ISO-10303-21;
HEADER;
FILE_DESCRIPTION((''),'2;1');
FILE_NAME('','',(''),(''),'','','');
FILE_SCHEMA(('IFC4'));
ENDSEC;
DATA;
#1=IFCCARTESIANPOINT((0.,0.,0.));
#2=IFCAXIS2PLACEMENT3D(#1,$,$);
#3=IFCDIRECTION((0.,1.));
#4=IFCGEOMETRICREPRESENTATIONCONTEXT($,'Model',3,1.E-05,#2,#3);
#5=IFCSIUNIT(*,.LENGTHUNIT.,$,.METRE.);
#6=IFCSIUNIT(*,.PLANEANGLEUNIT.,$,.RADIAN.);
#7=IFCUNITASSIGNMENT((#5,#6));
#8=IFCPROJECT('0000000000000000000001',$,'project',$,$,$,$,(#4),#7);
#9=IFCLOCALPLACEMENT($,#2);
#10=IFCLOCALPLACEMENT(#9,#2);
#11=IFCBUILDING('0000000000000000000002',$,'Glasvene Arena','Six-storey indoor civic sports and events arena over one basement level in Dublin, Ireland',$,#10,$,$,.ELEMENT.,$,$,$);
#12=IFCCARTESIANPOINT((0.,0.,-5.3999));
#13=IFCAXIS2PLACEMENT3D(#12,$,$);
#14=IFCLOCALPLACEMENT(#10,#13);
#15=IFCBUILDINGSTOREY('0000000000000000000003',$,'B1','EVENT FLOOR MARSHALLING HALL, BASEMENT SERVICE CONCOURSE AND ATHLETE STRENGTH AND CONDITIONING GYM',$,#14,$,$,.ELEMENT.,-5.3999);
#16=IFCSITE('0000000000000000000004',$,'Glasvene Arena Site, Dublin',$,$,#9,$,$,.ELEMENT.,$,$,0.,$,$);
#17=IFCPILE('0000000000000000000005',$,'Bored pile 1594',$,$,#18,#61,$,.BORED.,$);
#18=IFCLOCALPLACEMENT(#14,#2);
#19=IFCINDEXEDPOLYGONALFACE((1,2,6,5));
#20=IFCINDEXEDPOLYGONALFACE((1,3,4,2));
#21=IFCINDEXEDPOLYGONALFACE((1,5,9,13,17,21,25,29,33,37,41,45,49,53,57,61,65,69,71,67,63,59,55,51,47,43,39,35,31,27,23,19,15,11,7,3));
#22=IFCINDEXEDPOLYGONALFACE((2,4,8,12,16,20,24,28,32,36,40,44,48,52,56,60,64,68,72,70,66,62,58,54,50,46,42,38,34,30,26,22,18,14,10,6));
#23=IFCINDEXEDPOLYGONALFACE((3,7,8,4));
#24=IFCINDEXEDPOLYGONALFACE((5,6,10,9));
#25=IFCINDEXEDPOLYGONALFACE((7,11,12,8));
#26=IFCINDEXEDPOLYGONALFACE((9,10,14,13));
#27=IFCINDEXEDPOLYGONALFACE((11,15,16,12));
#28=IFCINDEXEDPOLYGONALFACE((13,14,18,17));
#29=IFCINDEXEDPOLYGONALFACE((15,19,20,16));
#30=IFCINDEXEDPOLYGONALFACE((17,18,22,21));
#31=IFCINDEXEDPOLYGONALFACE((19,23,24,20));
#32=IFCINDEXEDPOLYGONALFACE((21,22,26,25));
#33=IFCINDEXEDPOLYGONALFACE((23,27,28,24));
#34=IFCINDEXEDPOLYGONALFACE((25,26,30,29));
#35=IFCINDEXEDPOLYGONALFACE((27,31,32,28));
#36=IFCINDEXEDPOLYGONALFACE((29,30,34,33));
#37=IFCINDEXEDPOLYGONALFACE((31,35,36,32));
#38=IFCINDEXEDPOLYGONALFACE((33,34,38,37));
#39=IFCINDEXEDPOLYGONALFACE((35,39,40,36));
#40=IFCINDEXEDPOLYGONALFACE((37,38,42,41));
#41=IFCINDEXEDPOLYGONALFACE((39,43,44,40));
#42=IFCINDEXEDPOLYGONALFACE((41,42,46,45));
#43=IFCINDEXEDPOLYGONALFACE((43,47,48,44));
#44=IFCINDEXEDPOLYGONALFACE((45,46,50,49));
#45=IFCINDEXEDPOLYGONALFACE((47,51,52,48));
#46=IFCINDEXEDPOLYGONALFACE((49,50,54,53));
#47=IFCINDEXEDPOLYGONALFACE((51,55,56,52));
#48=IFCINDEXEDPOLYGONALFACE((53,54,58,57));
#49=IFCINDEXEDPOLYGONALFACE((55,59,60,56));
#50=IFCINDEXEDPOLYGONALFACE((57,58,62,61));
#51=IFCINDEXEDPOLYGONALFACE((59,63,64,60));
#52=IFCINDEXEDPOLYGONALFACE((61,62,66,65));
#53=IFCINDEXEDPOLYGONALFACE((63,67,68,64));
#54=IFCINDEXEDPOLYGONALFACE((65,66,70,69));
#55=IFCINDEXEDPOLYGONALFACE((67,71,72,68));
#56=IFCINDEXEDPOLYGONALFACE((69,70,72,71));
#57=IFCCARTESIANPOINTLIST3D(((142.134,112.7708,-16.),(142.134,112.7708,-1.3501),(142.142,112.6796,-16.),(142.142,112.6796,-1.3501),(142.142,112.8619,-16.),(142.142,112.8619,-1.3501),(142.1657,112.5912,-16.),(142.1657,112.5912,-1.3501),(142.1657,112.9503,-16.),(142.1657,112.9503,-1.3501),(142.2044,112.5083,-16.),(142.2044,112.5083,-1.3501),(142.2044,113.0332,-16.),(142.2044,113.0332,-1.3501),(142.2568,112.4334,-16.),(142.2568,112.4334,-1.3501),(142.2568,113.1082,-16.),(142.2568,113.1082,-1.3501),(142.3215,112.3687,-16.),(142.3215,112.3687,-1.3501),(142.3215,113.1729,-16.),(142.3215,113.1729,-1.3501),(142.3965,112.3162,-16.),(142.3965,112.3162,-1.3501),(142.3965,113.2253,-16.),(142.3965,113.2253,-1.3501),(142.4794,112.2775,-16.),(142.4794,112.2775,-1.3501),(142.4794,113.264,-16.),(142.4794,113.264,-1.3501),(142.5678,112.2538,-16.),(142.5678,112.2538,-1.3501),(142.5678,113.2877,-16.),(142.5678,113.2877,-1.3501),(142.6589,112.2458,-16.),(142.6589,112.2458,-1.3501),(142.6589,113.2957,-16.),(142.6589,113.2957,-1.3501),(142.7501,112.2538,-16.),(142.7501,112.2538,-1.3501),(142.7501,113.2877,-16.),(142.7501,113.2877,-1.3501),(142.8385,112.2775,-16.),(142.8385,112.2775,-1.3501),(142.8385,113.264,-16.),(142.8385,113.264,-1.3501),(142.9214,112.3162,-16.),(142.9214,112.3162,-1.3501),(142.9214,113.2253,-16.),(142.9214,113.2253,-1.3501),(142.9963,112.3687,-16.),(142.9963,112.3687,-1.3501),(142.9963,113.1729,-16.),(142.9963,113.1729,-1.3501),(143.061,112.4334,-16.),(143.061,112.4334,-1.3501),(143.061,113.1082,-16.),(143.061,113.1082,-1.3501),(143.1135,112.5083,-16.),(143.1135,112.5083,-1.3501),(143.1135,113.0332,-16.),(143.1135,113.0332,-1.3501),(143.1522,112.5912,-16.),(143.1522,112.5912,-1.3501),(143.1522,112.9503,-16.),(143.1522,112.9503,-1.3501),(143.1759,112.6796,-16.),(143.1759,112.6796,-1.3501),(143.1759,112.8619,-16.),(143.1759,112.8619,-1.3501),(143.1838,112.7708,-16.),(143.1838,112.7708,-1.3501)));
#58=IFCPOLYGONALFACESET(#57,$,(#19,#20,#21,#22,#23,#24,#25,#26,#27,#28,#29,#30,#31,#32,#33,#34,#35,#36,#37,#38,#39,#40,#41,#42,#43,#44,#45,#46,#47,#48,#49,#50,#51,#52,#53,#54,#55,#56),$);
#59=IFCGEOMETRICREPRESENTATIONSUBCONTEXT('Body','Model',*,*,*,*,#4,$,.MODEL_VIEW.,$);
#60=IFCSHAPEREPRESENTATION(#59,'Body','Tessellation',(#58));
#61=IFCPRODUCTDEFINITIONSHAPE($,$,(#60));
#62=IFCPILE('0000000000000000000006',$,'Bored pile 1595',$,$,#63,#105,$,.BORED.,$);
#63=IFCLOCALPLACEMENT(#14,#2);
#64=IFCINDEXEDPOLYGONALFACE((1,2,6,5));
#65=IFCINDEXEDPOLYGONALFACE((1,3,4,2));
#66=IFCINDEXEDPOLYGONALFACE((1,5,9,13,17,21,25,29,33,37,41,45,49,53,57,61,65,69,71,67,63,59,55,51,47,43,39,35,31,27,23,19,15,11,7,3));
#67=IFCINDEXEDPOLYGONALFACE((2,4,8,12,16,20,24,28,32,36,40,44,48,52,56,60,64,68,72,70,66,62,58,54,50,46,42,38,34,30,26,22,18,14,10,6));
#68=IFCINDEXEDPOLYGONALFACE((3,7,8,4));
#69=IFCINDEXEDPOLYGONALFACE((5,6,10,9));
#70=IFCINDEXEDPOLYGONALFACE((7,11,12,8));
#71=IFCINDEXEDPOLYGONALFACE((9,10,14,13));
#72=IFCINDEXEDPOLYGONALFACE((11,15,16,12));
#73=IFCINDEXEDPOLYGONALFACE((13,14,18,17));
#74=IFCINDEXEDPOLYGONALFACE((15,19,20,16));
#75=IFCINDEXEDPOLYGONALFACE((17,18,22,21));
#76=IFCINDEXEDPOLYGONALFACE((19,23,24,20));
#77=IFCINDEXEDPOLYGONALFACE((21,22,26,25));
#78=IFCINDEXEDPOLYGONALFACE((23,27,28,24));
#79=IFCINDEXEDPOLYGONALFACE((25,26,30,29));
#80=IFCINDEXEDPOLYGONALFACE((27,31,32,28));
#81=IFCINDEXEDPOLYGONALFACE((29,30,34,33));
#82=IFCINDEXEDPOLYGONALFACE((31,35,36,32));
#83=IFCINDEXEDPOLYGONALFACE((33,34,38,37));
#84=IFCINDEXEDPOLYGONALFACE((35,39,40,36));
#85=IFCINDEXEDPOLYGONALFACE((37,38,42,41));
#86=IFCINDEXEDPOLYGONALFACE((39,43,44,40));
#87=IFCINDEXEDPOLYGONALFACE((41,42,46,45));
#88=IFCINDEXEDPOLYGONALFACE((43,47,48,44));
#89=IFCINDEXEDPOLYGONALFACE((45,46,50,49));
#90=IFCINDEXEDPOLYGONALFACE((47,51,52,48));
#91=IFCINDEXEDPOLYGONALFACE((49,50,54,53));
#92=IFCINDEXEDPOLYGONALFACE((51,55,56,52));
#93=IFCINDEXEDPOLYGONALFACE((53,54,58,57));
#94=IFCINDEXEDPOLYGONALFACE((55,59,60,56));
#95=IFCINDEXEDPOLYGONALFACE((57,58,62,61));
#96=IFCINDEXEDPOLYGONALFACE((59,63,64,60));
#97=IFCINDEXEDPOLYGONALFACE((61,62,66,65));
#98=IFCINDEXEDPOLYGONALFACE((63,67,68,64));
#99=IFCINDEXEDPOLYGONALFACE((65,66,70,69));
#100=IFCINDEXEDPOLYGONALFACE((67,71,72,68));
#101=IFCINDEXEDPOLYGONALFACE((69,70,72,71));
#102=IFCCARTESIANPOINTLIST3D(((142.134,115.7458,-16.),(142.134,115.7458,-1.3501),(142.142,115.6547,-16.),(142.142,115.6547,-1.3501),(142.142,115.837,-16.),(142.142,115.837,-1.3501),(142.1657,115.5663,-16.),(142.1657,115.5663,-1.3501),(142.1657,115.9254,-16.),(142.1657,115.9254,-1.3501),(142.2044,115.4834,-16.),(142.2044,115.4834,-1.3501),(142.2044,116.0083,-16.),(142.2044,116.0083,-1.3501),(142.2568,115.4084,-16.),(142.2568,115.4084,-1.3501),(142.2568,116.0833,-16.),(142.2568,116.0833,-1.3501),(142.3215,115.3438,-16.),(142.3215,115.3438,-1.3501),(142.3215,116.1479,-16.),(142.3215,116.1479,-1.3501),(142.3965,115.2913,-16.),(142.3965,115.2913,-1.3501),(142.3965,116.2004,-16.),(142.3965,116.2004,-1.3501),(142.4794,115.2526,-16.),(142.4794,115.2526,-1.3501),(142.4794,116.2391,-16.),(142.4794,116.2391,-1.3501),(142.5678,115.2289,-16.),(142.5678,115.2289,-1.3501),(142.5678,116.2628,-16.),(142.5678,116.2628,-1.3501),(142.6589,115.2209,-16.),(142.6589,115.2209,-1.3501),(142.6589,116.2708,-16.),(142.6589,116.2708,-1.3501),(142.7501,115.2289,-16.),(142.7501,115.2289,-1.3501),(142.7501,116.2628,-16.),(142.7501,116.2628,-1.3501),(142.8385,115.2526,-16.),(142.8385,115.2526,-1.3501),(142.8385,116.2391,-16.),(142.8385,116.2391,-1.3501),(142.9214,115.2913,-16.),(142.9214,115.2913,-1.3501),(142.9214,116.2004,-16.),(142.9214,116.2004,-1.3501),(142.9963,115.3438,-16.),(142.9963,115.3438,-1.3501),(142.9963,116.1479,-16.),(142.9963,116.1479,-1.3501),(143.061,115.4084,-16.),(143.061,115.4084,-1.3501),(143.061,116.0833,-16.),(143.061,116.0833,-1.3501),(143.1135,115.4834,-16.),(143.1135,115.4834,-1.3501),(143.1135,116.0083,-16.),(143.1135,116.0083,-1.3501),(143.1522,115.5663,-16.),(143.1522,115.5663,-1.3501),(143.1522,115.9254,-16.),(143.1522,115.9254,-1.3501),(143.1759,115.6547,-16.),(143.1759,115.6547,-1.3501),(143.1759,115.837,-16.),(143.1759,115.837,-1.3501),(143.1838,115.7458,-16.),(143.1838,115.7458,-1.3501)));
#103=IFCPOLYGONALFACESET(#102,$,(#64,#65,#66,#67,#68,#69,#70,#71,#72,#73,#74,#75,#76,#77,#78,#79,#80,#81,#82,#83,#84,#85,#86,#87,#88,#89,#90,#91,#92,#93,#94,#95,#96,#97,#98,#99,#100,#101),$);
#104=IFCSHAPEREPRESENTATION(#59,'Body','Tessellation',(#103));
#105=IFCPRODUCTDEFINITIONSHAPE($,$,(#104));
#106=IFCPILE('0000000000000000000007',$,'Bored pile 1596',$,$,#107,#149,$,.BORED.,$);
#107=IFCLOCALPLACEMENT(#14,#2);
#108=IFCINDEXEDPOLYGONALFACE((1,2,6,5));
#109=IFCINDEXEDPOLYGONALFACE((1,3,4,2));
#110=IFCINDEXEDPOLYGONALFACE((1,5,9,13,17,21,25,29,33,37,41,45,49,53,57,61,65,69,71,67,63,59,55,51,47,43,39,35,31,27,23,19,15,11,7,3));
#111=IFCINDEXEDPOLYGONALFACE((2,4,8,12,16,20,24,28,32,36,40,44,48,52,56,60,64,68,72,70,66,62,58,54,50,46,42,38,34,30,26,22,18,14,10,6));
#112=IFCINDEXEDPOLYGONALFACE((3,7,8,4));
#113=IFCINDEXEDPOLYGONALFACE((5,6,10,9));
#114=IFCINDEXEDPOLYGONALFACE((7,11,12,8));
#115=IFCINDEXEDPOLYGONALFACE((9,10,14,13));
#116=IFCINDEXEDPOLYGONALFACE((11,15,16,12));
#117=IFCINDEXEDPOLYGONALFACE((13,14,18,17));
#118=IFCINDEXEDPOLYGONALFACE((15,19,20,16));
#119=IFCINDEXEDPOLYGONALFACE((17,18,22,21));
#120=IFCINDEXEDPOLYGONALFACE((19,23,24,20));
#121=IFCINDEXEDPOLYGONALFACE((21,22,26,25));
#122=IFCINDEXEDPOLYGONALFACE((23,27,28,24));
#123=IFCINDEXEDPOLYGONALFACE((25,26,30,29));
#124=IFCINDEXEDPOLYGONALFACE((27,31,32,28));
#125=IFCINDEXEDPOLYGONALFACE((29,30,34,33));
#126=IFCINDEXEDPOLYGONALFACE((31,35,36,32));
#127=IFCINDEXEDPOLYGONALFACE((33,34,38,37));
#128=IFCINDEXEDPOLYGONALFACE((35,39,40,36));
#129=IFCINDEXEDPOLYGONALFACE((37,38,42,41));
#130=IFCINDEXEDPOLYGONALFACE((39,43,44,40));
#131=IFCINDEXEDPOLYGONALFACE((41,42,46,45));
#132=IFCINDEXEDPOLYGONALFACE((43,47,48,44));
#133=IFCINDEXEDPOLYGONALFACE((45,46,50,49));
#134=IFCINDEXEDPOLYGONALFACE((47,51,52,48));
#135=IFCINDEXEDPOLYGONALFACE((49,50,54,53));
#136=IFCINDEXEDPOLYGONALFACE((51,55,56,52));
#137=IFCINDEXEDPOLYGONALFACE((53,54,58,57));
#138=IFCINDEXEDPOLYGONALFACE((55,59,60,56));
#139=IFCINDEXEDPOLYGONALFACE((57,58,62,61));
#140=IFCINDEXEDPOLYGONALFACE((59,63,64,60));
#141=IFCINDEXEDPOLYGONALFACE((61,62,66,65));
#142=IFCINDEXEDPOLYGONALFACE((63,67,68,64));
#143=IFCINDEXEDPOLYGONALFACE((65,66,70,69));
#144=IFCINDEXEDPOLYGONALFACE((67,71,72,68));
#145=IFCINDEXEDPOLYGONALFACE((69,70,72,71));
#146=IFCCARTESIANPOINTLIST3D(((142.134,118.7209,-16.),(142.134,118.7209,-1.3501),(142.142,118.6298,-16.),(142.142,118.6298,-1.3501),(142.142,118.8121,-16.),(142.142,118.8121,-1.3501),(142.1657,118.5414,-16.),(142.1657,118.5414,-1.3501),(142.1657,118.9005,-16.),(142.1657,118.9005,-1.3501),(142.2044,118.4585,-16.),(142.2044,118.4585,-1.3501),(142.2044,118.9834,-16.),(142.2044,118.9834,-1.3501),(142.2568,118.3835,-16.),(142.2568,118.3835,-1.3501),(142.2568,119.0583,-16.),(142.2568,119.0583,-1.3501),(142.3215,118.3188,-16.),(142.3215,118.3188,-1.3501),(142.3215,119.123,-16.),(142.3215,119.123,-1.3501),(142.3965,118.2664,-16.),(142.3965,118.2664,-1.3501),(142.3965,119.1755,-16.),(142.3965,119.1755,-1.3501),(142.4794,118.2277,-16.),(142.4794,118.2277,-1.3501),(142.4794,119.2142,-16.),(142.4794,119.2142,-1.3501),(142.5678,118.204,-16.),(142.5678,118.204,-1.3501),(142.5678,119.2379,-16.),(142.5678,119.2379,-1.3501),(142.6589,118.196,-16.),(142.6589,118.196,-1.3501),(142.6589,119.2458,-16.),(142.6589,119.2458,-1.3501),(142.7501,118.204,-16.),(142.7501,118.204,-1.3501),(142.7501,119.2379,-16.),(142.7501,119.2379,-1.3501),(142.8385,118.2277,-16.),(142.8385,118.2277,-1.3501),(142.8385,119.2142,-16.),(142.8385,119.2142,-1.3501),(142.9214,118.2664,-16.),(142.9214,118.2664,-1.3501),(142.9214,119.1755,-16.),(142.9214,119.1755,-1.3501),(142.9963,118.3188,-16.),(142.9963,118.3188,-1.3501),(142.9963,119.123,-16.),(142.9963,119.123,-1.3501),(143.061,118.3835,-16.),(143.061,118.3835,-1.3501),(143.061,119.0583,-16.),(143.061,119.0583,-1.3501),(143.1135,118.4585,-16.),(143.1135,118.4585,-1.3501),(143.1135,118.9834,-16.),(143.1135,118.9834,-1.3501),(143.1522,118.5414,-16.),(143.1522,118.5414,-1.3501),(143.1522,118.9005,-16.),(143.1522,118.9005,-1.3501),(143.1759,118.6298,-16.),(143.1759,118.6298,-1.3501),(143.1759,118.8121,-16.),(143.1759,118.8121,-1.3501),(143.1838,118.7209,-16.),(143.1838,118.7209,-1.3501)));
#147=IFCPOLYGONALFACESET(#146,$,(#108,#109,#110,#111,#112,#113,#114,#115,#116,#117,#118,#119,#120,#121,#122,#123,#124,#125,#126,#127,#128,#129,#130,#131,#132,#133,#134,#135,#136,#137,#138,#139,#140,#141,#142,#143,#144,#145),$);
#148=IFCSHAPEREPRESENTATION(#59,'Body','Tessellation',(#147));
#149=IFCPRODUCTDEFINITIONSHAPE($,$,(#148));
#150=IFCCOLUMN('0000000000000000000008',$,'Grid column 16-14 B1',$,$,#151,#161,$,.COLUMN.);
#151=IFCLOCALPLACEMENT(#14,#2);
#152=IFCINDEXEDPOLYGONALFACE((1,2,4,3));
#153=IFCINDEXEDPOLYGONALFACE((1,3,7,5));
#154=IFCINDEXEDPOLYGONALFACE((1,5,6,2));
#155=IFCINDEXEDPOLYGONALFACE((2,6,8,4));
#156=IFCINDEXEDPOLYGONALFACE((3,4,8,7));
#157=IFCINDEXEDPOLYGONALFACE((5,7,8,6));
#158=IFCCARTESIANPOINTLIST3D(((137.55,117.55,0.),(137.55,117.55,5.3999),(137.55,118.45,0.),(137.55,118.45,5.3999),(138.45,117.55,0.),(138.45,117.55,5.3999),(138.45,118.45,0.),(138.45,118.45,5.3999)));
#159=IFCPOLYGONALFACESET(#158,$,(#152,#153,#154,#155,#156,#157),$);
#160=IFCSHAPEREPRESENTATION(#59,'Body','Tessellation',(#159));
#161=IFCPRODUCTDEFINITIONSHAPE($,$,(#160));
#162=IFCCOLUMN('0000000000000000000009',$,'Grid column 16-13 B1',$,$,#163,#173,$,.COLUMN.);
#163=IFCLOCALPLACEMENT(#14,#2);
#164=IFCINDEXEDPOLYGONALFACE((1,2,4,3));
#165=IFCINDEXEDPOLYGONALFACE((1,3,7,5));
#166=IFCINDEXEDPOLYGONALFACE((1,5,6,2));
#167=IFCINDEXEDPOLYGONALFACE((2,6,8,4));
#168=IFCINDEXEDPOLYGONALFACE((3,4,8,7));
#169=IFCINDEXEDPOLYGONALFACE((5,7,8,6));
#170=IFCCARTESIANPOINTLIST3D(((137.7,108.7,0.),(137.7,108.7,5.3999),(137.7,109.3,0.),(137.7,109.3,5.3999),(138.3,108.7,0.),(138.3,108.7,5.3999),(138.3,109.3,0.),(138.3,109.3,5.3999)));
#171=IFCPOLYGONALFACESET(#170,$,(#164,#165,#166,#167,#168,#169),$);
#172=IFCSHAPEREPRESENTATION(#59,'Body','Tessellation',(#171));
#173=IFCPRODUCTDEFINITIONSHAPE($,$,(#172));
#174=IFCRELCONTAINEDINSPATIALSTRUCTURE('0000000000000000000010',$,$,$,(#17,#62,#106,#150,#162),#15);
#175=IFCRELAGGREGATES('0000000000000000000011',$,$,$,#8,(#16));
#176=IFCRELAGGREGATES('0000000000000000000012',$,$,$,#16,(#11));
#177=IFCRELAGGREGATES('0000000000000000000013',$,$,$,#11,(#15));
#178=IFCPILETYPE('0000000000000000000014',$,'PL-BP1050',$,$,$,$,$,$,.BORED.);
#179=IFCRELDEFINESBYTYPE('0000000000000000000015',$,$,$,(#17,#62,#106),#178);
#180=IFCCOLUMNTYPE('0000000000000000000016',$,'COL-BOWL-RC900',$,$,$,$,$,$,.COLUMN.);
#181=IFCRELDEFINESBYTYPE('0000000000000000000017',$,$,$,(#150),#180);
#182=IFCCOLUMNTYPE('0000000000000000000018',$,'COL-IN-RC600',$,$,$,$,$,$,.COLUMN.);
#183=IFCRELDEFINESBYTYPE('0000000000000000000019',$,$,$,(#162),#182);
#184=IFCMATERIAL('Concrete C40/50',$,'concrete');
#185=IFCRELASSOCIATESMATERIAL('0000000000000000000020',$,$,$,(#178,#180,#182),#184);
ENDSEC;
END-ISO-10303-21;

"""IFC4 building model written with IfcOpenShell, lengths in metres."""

from ifc_helpers import new_model, si_unit, direction, frame, origin, origin_2d, place, context, subcontext, project, spatial, rectangle, circle, extrude, material, material_profile, profile_set, type_object, element, save


model = new_model("IFC4")

# Units and contexts
model_context = context("Model", 3, precision=1e-05, world=origin(), true_north=direction((0.0, 1.0)))
body_context = subcontext(model_context, "Body", "Model", "MODEL_VIEW")
ifc_project = project(units=[si_unit("LENGTHUNIT", "METRE"), si_unit("PLANEANGLEUNIT", "RADIAN")], contexts=[model_context])

# Site, building, storey
site_placement = place(None, origin())
site = spatial("IfcSite", under=ifc_project, at=site_placement, Name="Glasvene Arena Site, Dublin", CompositionType="ELEMENT", RefElevation=0.0)
building_placement = place(site_placement, origin())
building = spatial("IfcBuilding", under=site, at=building_placement, Name="Glasvene Arena", Description="Six-storey indoor civic sports and events arena over one basement level in Dublin, Ireland", CompositionType="ELEMENT")
storey_placement = place(building_placement, frame((0.0, 0.0, -5.3999)))
storey = spatial("IfcBuildingStorey", under=building, at=storey_placement, Name="B1", Description="EVENT FLOOR MARSHALLING HALL, BASEMENT SERVICE CONCOURSE AND ATHLETE STRENGTH AND CONDITIONING GYM", CompositionType="ELEMENT", Elevation=-5.3999)

# Shared definitions
ifc_material_1 = material(Name="Concrete C40/50", Category="concrete")

# Piles
ifc_material_profile_1 = material_profile(ifc_material_1, circle(Radius=0.5249, at=origin_2d()), Name="BORED PILE 1050")
ifc_profile_set_1 = profile_set([ifc_material_profile_1], Name="Concrete C40/50")
pile_type = type_object("IfcPileType", Name="PL-BP1050", PredefinedType="BORED", material=ifc_profile_set_1)
for number, where, z_axis, x_axis, name in (
    (1, (142.6589, 112.7708, -1.3501), (0.0, 0.0, -1.0), (1.0, 0.0, 0.0), "Bored pile 1594"),
    (2, (142.6589, 115.7458, -1.3501), (0.0, 0.0, -1.0), (1.0, 0.0, 0.0), "Bored pile 1595"),
    (3, (142.6589, 118.7209, -1.3501), (0.0, 0.0, -1.0), (1.0, 0.0, 0.0), "Bored pile 1596"),
):
    element("IfcPile", number, at=place(storey_placement, frame(where, z_axis=z_axis, x_axis=x_axis)), inside=storey, type_object=pile_type, Name=name, PredefinedType="BORED", context=body_context, shape_type="SweptSolid", body=[
        extrude(circle(Radius=0.5249, at=origin_2d()), origin(), (0.0, 0.0, 1.0), 14.6499),
    ])

# Columns
ifc_material_profile_2 = material_profile(ifc_material_1, rectangle(XDim=0.8999, YDim=0.8999, at=origin_2d()), Name="RC 900x900")
ifc_profile_set_2 = profile_set([ifc_material_profile_2], Name="Concrete C40/50")
column_type_1 = type_object("IfcColumnType", Name="COL-BOWL-RC900", PredefinedType="COLUMN", material=ifc_profile_set_2)
column_1_placement = place(storey_placement, frame((138.0, 118.0, 0.0), z_axis=(0.0, 0.0, 1.0), x_axis=(1.0, 0.0, 0.0)))
element("IfcColumn", 4, at=column_1_placement, inside=storey, type_object=column_type_1, Name="Grid column 16-14 B1", PredefinedType="COLUMN", context=body_context, shape_type="SweptSolid", body=[
    extrude(rectangle(XDim=0.8999, YDim=0.8999, at=origin_2d()), origin(), (0.0, 0.0, 1.0), 5.3999),
])
ifc_material_profile_3 = material_profile(ifc_material_1, rectangle(XDim=0.6001, YDim=0.6001, at=origin_2d()), Name="RC 600x600")
ifc_profile_set_3 = profile_set([ifc_material_profile_3], Name="Concrete C40/50")
column_type_2 = type_object("IfcColumnType", Name="COL-IN-RC600", PredefinedType="COLUMN", material=ifc_profile_set_3)
column_2_placement = place(storey_placement, frame((138.0, 109.0, 0.0), z_axis=(0.0, 0.0, 1.0), x_axis=(1.0, 0.0, 0.0)))
element("IfcColumn", 5, at=column_2_placement, inside=storey, type_object=column_type_2, Name="Grid column 16-13 B1", PredefinedType="COLUMN", context=body_context, shape_type="SweptSolid", body=[
    extrude(rectangle(XDim=0.6001, YDim=0.6001, at=origin_2d()), origin(), (0.0, 0.0, 1.0), 5.3999),
])

save(model, "model.ifc")
